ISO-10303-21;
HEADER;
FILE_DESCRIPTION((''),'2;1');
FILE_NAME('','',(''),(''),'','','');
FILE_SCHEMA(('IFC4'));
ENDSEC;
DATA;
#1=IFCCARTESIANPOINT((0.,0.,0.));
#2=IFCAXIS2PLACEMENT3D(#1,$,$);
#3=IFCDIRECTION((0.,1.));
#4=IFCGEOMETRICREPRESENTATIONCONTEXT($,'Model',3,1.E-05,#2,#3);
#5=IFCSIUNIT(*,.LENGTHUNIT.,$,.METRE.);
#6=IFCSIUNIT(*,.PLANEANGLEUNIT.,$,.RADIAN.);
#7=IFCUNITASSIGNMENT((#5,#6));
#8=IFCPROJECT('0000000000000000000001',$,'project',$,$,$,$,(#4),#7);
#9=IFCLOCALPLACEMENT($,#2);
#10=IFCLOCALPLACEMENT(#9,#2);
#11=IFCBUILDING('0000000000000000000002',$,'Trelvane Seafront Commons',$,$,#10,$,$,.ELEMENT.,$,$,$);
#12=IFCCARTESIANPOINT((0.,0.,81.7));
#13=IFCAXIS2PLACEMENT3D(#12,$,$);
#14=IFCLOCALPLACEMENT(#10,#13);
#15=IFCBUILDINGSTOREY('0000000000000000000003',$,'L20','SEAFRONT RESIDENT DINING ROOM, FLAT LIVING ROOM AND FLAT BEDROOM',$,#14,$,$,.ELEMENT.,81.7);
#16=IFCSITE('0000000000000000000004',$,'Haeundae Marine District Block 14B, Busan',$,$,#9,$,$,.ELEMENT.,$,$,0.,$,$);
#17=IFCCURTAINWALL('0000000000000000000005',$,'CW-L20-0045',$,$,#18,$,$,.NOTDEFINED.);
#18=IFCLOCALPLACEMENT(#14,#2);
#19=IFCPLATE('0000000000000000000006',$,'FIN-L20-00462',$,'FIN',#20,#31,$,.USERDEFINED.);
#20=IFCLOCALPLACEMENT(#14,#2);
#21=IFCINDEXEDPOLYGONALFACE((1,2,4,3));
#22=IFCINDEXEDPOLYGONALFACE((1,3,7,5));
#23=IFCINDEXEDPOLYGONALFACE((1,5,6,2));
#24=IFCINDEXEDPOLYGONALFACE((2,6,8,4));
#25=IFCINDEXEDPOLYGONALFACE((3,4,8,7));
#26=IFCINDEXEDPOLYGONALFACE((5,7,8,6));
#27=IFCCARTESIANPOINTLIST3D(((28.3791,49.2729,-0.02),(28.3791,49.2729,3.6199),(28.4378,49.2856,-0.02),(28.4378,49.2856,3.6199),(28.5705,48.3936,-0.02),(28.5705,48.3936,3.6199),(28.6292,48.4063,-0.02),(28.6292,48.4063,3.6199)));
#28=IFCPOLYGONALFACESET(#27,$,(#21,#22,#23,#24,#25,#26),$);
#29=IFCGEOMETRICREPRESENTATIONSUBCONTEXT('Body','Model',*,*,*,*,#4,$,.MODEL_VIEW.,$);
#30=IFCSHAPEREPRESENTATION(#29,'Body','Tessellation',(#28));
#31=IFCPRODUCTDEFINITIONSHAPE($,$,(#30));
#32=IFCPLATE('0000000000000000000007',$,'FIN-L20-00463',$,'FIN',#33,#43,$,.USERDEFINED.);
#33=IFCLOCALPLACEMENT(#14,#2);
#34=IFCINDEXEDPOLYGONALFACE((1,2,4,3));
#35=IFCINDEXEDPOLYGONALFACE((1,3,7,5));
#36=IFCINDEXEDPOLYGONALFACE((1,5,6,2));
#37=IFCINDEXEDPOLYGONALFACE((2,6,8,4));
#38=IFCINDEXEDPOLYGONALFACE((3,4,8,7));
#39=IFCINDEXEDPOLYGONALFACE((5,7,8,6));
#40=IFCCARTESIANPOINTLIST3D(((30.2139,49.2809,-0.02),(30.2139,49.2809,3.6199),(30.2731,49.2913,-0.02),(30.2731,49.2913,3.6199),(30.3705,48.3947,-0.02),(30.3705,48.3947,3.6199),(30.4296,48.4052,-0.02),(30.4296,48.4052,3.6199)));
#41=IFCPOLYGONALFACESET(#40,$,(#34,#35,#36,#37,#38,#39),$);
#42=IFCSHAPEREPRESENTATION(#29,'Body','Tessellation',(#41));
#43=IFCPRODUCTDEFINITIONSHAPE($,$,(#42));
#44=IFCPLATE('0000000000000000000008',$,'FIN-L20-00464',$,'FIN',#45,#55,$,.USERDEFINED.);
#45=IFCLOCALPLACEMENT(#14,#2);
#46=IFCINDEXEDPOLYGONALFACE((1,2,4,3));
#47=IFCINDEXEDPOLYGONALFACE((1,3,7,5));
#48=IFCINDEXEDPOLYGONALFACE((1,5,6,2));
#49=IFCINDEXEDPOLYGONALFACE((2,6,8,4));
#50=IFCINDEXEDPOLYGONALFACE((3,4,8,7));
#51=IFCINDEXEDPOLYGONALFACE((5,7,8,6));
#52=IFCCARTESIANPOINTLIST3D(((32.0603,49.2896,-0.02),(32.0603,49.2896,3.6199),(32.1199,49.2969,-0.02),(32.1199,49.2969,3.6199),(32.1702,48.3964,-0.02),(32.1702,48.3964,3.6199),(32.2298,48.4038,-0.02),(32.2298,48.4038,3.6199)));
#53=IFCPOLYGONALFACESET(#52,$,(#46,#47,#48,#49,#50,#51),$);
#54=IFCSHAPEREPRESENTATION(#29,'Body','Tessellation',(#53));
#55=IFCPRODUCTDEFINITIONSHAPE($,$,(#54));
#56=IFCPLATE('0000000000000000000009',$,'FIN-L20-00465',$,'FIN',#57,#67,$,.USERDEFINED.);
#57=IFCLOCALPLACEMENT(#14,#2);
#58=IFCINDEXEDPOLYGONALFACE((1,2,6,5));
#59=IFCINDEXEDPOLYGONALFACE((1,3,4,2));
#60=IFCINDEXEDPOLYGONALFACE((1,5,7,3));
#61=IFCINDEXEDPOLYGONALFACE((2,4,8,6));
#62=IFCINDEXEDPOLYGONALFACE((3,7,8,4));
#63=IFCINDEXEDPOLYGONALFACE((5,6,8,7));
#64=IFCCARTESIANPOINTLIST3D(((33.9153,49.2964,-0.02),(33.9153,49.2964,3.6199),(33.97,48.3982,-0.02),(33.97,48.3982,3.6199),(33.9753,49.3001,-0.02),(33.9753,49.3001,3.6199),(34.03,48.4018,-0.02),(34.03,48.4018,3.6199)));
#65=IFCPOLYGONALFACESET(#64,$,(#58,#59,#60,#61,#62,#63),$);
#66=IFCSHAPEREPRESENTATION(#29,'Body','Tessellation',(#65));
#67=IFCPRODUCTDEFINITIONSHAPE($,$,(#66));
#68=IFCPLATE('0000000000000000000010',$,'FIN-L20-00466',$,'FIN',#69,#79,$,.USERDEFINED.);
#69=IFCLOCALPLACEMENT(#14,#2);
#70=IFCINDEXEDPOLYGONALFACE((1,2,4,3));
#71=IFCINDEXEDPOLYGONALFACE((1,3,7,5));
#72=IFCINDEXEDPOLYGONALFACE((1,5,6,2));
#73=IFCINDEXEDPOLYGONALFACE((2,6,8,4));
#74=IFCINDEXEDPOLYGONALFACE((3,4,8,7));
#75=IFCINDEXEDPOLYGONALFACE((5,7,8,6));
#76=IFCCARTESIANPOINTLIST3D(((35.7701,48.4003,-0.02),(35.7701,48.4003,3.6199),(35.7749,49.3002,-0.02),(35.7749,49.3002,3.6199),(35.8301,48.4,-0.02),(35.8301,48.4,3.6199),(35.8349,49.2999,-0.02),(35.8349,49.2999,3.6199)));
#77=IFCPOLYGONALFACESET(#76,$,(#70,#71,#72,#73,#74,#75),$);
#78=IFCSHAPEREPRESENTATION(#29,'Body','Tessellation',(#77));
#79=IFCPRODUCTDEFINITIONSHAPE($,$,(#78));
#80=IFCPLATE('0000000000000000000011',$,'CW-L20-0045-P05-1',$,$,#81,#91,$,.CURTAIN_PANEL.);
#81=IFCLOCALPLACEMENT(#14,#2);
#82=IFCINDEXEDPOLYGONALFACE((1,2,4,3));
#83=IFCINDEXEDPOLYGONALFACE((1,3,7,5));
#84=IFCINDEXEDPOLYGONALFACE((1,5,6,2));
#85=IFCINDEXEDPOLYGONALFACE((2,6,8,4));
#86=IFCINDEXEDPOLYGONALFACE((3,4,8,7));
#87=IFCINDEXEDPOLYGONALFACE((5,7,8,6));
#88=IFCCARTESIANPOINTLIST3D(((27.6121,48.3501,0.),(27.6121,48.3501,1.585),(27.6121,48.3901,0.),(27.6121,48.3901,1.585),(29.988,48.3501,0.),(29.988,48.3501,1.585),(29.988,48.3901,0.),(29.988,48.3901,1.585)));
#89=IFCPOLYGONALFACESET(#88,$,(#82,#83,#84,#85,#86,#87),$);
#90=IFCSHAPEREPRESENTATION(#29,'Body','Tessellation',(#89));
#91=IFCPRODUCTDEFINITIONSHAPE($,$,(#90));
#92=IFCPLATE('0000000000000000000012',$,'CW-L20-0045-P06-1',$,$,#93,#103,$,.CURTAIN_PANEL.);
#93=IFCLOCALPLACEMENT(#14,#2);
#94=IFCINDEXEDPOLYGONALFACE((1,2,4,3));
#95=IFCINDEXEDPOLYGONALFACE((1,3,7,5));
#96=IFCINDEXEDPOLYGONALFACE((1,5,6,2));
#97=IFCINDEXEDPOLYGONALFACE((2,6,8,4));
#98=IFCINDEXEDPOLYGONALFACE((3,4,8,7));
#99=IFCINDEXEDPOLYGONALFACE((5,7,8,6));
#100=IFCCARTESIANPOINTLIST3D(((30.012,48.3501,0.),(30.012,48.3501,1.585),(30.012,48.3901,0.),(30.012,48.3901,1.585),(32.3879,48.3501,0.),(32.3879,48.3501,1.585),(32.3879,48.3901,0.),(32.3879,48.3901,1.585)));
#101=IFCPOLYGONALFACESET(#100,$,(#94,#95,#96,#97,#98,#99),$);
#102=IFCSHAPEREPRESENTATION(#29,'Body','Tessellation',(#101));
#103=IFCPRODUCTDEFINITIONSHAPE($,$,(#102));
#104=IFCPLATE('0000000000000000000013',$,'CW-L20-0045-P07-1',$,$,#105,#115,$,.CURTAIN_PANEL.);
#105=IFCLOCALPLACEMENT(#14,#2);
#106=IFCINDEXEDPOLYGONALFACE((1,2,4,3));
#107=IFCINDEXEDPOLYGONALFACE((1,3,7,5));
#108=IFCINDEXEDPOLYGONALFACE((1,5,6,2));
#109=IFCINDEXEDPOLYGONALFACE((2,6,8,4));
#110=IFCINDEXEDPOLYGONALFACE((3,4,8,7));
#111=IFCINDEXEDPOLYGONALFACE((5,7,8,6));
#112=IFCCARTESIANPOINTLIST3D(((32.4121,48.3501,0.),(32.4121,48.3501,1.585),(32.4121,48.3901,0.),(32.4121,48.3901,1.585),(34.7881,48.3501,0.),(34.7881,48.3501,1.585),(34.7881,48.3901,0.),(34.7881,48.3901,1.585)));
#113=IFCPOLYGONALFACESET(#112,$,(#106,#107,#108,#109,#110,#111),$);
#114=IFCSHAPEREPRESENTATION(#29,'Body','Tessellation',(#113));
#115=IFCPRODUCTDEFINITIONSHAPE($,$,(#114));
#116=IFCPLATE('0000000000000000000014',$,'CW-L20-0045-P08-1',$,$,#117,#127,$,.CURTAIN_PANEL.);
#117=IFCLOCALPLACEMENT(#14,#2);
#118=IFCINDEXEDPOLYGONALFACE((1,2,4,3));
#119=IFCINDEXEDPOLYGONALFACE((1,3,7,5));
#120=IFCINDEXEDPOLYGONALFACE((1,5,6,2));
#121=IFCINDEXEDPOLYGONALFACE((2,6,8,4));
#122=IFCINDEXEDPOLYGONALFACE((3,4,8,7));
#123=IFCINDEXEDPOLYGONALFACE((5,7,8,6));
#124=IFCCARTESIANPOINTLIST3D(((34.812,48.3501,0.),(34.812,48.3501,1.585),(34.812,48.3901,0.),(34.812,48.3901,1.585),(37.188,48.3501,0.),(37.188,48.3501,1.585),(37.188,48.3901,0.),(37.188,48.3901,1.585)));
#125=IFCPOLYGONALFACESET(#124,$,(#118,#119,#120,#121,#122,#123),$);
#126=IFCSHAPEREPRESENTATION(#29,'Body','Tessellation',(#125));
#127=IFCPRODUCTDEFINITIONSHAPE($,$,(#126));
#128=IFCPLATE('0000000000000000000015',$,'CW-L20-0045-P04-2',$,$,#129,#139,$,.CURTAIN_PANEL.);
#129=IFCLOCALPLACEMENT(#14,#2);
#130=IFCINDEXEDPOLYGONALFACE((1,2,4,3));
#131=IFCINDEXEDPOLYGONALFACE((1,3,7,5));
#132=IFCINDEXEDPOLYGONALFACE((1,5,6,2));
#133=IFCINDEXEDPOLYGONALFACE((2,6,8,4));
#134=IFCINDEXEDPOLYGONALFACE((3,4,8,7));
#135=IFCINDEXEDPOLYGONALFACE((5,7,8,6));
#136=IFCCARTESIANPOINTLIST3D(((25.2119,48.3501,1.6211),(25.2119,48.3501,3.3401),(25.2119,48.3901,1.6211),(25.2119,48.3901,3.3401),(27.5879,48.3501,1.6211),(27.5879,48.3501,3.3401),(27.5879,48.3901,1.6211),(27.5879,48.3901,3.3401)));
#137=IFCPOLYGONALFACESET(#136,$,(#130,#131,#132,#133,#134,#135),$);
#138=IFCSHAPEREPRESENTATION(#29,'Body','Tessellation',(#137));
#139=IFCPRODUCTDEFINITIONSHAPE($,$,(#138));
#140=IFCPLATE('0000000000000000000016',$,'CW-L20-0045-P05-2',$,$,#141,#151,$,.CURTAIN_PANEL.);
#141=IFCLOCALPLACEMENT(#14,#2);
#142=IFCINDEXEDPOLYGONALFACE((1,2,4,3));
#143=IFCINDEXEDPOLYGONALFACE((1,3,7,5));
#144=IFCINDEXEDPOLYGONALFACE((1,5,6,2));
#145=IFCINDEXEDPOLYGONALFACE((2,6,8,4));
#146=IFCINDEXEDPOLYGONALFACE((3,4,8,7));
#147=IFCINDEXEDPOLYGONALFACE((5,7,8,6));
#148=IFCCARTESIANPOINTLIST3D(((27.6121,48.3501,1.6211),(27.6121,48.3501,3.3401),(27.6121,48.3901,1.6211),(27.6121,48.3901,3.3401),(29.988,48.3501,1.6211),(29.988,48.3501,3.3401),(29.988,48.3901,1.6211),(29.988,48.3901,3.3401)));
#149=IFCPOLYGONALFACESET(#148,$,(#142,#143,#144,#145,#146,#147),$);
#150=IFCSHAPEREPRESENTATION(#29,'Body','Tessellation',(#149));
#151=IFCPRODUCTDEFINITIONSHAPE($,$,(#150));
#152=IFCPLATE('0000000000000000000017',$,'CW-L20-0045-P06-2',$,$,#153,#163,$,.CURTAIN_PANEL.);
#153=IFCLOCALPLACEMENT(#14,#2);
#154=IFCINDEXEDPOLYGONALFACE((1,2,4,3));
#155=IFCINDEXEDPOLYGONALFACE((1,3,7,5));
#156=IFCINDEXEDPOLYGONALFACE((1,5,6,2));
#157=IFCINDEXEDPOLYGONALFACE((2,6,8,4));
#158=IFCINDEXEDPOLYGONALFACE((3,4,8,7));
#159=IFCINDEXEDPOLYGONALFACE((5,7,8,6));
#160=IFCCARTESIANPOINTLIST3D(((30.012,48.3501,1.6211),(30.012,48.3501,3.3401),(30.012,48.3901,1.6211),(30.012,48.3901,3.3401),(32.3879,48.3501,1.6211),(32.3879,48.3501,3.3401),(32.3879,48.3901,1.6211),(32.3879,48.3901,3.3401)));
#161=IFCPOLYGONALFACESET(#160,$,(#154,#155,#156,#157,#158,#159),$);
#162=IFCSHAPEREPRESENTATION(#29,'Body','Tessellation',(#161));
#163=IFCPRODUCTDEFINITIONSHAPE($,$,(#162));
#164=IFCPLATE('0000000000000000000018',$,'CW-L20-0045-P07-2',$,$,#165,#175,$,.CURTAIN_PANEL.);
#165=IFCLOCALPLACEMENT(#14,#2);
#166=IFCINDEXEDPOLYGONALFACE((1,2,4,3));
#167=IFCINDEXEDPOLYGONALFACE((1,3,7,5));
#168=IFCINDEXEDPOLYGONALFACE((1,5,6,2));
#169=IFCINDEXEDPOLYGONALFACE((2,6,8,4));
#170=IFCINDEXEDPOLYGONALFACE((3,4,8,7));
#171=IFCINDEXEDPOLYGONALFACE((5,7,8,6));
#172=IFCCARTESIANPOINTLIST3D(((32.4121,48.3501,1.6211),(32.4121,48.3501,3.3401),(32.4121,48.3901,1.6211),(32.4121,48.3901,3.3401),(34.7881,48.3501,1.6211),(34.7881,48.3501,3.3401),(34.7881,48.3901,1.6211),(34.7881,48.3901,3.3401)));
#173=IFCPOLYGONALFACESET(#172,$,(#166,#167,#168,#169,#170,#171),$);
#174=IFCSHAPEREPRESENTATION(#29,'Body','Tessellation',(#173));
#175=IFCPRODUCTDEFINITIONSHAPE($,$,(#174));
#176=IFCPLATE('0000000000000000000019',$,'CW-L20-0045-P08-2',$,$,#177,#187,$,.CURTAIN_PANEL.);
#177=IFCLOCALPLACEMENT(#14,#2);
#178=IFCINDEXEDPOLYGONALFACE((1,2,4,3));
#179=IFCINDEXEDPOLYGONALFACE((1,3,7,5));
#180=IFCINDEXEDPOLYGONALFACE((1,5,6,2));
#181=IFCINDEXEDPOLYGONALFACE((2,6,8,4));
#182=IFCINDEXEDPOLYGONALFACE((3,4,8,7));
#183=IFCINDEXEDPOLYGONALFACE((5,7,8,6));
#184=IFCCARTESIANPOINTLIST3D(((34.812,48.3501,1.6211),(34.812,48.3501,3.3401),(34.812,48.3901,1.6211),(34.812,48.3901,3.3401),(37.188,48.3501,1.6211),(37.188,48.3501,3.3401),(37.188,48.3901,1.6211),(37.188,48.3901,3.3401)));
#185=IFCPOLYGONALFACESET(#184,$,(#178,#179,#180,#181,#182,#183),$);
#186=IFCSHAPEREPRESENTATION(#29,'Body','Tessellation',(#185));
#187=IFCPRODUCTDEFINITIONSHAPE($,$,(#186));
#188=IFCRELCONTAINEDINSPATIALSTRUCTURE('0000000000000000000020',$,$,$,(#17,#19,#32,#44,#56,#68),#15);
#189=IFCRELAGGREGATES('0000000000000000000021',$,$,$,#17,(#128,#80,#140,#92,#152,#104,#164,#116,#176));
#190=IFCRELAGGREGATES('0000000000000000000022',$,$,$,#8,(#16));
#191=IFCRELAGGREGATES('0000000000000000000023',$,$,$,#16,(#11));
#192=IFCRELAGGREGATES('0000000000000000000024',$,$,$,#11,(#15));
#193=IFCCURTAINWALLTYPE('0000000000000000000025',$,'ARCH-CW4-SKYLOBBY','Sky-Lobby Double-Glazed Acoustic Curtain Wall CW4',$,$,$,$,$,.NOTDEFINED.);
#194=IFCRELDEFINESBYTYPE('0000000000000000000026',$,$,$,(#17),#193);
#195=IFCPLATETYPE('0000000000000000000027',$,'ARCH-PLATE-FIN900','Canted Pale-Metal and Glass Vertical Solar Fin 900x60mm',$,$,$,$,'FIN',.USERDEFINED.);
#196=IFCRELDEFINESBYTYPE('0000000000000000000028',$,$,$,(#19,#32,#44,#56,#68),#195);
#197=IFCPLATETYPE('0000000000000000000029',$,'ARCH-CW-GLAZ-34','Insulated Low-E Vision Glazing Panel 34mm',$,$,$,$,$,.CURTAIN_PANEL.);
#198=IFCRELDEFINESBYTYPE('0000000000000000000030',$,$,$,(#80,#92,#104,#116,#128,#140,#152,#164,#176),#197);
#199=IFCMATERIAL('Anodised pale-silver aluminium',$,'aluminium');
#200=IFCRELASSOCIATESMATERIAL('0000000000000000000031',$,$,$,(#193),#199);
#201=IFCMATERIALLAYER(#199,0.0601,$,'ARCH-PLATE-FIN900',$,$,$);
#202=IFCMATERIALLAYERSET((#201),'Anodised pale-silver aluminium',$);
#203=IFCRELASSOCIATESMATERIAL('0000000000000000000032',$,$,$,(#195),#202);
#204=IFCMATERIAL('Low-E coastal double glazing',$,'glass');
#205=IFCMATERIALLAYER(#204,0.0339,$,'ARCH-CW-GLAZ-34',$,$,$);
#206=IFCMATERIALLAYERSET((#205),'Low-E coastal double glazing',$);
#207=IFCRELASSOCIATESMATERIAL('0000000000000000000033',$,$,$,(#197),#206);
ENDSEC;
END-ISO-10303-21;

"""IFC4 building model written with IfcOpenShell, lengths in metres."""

from ifc_helpers import new_model, si_unit, direction, frame, origin, origin_2d, place, context, subcontext, project, spatial, rectangle, extrude, source, transform, mapped, material, layer, layer_set, type_object, element, aggregate, save


model = new_model("IFC4")

# Units and contexts
model_context = context("Model", 3, precision=1e-05, world=origin(), true_north=direction((0.0, 1.0)))
body_context = subcontext(model_context, "Body", "Model", "MODEL_VIEW")
ifc_project = project(units=[si_unit("LENGTHUNIT", "METRE"), si_unit("PLANEANGLEUNIT", "RADIAN")], contexts=[model_context])

# Site, building, storey
site_placement = place(None, origin())
site = spatial("IfcSite", under=ifc_project, at=site_placement, Name="Haeundae Marine District Block 14B, Busan", CompositionType="ELEMENT", RefElevation=0.0)
building_placement = place(site_placement, origin())
building = spatial("IfcBuilding", under=site, at=building_placement, Name="Trelvane Seafront Commons", CompositionType="ELEMENT")
storey_placement = place(building_placement, frame((0.0, 0.0, 81.7)))
storey = spatial("IfcBuildingStorey", under=building, at=storey_placement, Name="L20", Description="SEAFRONT RESIDENT DINING ROOM, FLAT LIVING ROOM AND FLAT BEDROOM", CompositionType="ELEMENT", Elevation=81.7)

# Curtain wall
ifc_material_1 = material(Name="Anodised pale-silver aluminium", Category="aluminium")
curtain_wall_type = type_object("IfcCurtainWallType", Name="ARCH-CW4-SKYLOBBY", Description="Sky-Lobby Double-Glazed Acoustic Curtain Wall CW4", PredefinedType="NOTDEFINED", material=ifc_material_1)
curtain_wall_placement = place(storey_placement, origin())
curtain_wall = element("IfcCurtainWall", 1, at=curtain_wall_placement, inside=storey, type_object=curtain_wall_type, Name="CW-L20-0045", PredefinedType="NOTDEFINED")

# Plates
ifc_layer_1 = layer(ifc_material_1, 0.0601, Name="ARCH-PLATE-FIN900")
ifc_layer_set_1 = layer_set([ifc_layer_1], Name="Anodised pale-silver aluminium")
plate_type_1 = type_object("IfcPlateType", Name="ARCH-PLATE-FIN900", Description="Canted Pale-Metal and Glass Vertical Solar Fin 900x60mm", ElementType="FIN", PredefinedType="USERDEFINED", material=ifc_layer_set_1)
shared_shape_1 = source(origin(), body_context, "Body", "SweptSolid", [
    extrude(rectangle(XDim=0.8999, YDim=0.0601, at=origin_2d()), origin(), (0.0, 0.0, 1.0), 3.6399),
])
for number, where, z_axis, x_axis, name in (
    (2, (28.5042, 48.8396, -0.02), (0.0, 0.0, 1.0), (-0.212776, 0.977101, 0.0), "FIN-L20-00462"),
    (3, (30.3218, 48.843, -0.02), (0.0, 0.0, 1.0), (-0.173994, 0.984747, 0.0), "FIN-L20-00463"),
    (4, (32.145, 48.8467, -0.02), (0.0, 0.0, 1.0), (-0.122107, 0.992517, 0.0), "FIN-L20-00464"),
    (5, (33.9727, 48.8491, -0.02), (0.0, 0.0, 1.0), (-0.06078, 0.998151, 0.0), "FIN-L20-00465"),
    (6, (35.8025, 48.8501, -0.02), (0.0, 0.0, 1.0), (0.005334, 0.999986, 0.0), "FIN-L20-00466"),
):
    element("IfcPlate", number, at=place(storey_placement, frame(where, z_axis=z_axis, x_axis=x_axis)), inside=storey, type_object=plate_type_1, Name=name, ObjectType="FIN", PredefinedType="USERDEFINED", context=body_context, shape_type="MappedRepresentation", body=[
        mapped(shared_shape_1, transform((0.0, 0.0, 0.0), x_axis=(1.0, 0.0, 0.0), y_axis=(0.0, 1.0, 0.0), z_axis=(0.0, 0.0, 1.0), scale=1.0)),
    ])

# Plates
ifc_material_2 = material(Name="Low-E coastal double glazing", Category="glass")
ifc_layer_2 = layer(ifc_material_2, 0.0339, Name="ARCH-CW-GLAZ-34")
ifc_layer_set_2 = layer_set([ifc_layer_2], Name="Low-E coastal double glazing")
plate_type_2 = type_object("IfcPlateType", Name="ARCH-CW-GLAZ-34", Description="Insulated Low-E Vision Glazing Panel 34mm", PredefinedType="CURTAIN_PANEL", material=ifc_layer_set_2)
shared_shape_2 = source(origin(), body_context, "Body", "SweptSolid", [
    extrude(rectangle(XDim=2.376, YDim=0.04, at=origin_2d()), origin(), (0.0, 0.0, 1.0), 1.585),
])
plate_1_placement = place(storey_placement, frame((28.8, 48.3701, 0.0), z_axis=(0.0, 0.0, 1.0), x_axis=(1.0, 0.0, 0.0)))
plate_1 = element("IfcPlate", 7, at=plate_1_placement, type_object=plate_type_2, Name="CW-L20-0045-P05-1", PredefinedType="CURTAIN_PANEL", context=body_context, shape_type="MappedRepresentation", body=[
    mapped(shared_shape_2, transform((0.0, 0.0, 0.0), x_axis=(1.0, 0.0, 0.0), y_axis=(0.0, 1.0, 0.0), z_axis=(0.0, 0.0, 1.0), scale=1.0)),
])
plate_2_placement = place(storey_placement, frame((31.2, 48.3701, 0.0), z_axis=(0.0, 0.0, 1.0), x_axis=(1.0, 0.0, 0.0)))
plate_2 = element("IfcPlate", 8, at=plate_2_placement, type_object=plate_type_2, Name="CW-L20-0045-P06-1", PredefinedType="CURTAIN_PANEL", context=body_context, shape_type="MappedRepresentation", body=[
    mapped(shared_shape_2, transform((0.0, 0.0, 0.0), x_axis=(1.0, 0.0, 0.0), y_axis=(0.0, 1.0, 0.0), z_axis=(0.0, 0.0, 1.0), scale=1.0)),
])
plate_3_placement = place(storey_placement, frame((33.6001, 48.3701, 0.0), z_axis=(0.0, 0.0, 1.0), x_axis=(1.0, 0.0, 0.0)))
plate_3 = element("IfcPlate", 9, at=plate_3_placement, type_object=plate_type_2, Name="CW-L20-0045-P07-1", PredefinedType="CURTAIN_PANEL", context=body_context, shape_type="MappedRepresentation", body=[
    mapped(shared_shape_2, transform((0.0, 0.0, 0.0), x_axis=(1.0, 0.0, 0.0), y_axis=(0.0, 1.0, 0.0), z_axis=(0.0, 0.0, 1.0), scale=1.0)),
])
plate_4_placement = place(storey_placement, frame((36.0, 48.3701, 0.0), z_axis=(0.0, 0.0, 1.0), x_axis=(1.0, 0.0, 0.0)))
plate_4 = element("IfcPlate", 10, at=plate_4_placement, type_object=plate_type_2, Name="CW-L20-0045-P08-1", PredefinedType="CURTAIN_PANEL", context=body_context, shape_type="MappedRepresentation", body=[
    mapped(shared_shape_2, transform((0.0, 0.0, 0.0), x_axis=(1.0, 0.0, 0.0), y_axis=(0.0, 1.0, 0.0), z_axis=(0.0, 0.0, 1.0), scale=1.0)),
])
shared_shape_3 = source(origin(), body_context, "Body", "SweptSolid", [
    extrude(rectangle(XDim=2.376, YDim=0.04, at=origin_2d()), origin(), (0.0, 0.0, 1.0), 1.719),
])
plate_5_placement = place(storey_placement, frame((26.3999, 48.3701, 1.6211), z_axis=(0.0, 0.0, 1.0), x_axis=(1.0, 0.0, 0.0)))
plate_5 = element("IfcPlate", 11, at=plate_5_placement, type_object=plate_type_2, Name="CW-L20-0045-P04-2", PredefinedType="CURTAIN_PANEL", context=body_context, shape_type="MappedRepresentation", body=[
    mapped(shared_shape_3, transform((0.0, 0.0, 0.0), x_axis=(1.0, 0.0, 0.0), y_axis=(0.0, 1.0, 0.0), z_axis=(0.0, 0.0, 1.0), scale=1.0)),
])
plate_6_placement = place(storey_placement, frame((28.8, 48.3701, 1.6211), z_axis=(0.0, 0.0, 1.0), x_axis=(1.0, 0.0, 0.0)))
plate_6 = element("IfcPlate", 12, at=plate_6_placement, type_object=plate_type_2, Name="CW-L20-0045-P05-2", PredefinedType="CURTAIN_PANEL", context=body_context, shape_type="MappedRepresentation", body=[
    mapped(shared_shape_3, transform((0.0, 0.0, 0.0), x_axis=(1.0, 0.0, 0.0), y_axis=(0.0, 1.0, 0.0), z_axis=(0.0, 0.0, 1.0), scale=1.0)),
])
plate_7_placement = place(storey_placement, frame((31.2, 48.3701, 1.6211), z_axis=(0.0, 0.0, 1.0), x_axis=(1.0, 0.0, 0.0)))
plate_7 = element("IfcPlate", 13, at=plate_7_placement, type_object=plate_type_2, Name="CW-L20-0045-P06-2", PredefinedType="CURTAIN_PANEL", context=body_context, shape_type="MappedRepresentation", body=[
    mapped(shared_shape_3, transform((0.0, 0.0, 0.0), x_axis=(1.0, 0.0, 0.0), y_axis=(0.0, 1.0, 0.0), z_axis=(0.0, 0.0, 1.0), scale=1.0)),
])
plate_8_placement = place(storey_placement, frame((33.6001, 48.3701, 1.6211), z_axis=(0.0, 0.0, 1.0), x_axis=(1.0, 0.0, 0.0)))
plate_8 = element("IfcPlate", 14, at=plate_8_placement, type_object=plate_type_2, Name="CW-L20-0045-P07-2", PredefinedType="CURTAIN_PANEL", context=body_context, shape_type="MappedRepresentation", body=[
    mapped(shared_shape_3, transform((0.0, 0.0, 0.0), x_axis=(1.0, 0.0, 0.0), y_axis=(0.0, 1.0, 0.0), z_axis=(0.0, 0.0, 1.0), scale=1.0)),
])
plate_9_placement = place(storey_placement, frame((36.0, 48.3701, 1.6211), z_axis=(0.0, 0.0, 1.0), x_axis=(1.0, 0.0, 0.0)))
plate_9 = element("IfcPlate", 15, at=plate_9_placement, type_object=plate_type_2, Name="CW-L20-0045-P08-2", PredefinedType="CURTAIN_PANEL", context=body_context, shape_type="MappedRepresentation", body=[
    mapped(shared_shape_3, transform((0.0, 0.0, 0.0), x_axis=(1.0, 0.0, 0.0), y_axis=(0.0, 1.0, 0.0), z_axis=(0.0, 0.0, 1.0), scale=1.0)),
])
aggregate(curtain_wall, [plate_5, plate_1, plate_6, plate_2, plate_7, plate_3, plate_8, plate_4, plate_9])

save(model, "model.ifc")
